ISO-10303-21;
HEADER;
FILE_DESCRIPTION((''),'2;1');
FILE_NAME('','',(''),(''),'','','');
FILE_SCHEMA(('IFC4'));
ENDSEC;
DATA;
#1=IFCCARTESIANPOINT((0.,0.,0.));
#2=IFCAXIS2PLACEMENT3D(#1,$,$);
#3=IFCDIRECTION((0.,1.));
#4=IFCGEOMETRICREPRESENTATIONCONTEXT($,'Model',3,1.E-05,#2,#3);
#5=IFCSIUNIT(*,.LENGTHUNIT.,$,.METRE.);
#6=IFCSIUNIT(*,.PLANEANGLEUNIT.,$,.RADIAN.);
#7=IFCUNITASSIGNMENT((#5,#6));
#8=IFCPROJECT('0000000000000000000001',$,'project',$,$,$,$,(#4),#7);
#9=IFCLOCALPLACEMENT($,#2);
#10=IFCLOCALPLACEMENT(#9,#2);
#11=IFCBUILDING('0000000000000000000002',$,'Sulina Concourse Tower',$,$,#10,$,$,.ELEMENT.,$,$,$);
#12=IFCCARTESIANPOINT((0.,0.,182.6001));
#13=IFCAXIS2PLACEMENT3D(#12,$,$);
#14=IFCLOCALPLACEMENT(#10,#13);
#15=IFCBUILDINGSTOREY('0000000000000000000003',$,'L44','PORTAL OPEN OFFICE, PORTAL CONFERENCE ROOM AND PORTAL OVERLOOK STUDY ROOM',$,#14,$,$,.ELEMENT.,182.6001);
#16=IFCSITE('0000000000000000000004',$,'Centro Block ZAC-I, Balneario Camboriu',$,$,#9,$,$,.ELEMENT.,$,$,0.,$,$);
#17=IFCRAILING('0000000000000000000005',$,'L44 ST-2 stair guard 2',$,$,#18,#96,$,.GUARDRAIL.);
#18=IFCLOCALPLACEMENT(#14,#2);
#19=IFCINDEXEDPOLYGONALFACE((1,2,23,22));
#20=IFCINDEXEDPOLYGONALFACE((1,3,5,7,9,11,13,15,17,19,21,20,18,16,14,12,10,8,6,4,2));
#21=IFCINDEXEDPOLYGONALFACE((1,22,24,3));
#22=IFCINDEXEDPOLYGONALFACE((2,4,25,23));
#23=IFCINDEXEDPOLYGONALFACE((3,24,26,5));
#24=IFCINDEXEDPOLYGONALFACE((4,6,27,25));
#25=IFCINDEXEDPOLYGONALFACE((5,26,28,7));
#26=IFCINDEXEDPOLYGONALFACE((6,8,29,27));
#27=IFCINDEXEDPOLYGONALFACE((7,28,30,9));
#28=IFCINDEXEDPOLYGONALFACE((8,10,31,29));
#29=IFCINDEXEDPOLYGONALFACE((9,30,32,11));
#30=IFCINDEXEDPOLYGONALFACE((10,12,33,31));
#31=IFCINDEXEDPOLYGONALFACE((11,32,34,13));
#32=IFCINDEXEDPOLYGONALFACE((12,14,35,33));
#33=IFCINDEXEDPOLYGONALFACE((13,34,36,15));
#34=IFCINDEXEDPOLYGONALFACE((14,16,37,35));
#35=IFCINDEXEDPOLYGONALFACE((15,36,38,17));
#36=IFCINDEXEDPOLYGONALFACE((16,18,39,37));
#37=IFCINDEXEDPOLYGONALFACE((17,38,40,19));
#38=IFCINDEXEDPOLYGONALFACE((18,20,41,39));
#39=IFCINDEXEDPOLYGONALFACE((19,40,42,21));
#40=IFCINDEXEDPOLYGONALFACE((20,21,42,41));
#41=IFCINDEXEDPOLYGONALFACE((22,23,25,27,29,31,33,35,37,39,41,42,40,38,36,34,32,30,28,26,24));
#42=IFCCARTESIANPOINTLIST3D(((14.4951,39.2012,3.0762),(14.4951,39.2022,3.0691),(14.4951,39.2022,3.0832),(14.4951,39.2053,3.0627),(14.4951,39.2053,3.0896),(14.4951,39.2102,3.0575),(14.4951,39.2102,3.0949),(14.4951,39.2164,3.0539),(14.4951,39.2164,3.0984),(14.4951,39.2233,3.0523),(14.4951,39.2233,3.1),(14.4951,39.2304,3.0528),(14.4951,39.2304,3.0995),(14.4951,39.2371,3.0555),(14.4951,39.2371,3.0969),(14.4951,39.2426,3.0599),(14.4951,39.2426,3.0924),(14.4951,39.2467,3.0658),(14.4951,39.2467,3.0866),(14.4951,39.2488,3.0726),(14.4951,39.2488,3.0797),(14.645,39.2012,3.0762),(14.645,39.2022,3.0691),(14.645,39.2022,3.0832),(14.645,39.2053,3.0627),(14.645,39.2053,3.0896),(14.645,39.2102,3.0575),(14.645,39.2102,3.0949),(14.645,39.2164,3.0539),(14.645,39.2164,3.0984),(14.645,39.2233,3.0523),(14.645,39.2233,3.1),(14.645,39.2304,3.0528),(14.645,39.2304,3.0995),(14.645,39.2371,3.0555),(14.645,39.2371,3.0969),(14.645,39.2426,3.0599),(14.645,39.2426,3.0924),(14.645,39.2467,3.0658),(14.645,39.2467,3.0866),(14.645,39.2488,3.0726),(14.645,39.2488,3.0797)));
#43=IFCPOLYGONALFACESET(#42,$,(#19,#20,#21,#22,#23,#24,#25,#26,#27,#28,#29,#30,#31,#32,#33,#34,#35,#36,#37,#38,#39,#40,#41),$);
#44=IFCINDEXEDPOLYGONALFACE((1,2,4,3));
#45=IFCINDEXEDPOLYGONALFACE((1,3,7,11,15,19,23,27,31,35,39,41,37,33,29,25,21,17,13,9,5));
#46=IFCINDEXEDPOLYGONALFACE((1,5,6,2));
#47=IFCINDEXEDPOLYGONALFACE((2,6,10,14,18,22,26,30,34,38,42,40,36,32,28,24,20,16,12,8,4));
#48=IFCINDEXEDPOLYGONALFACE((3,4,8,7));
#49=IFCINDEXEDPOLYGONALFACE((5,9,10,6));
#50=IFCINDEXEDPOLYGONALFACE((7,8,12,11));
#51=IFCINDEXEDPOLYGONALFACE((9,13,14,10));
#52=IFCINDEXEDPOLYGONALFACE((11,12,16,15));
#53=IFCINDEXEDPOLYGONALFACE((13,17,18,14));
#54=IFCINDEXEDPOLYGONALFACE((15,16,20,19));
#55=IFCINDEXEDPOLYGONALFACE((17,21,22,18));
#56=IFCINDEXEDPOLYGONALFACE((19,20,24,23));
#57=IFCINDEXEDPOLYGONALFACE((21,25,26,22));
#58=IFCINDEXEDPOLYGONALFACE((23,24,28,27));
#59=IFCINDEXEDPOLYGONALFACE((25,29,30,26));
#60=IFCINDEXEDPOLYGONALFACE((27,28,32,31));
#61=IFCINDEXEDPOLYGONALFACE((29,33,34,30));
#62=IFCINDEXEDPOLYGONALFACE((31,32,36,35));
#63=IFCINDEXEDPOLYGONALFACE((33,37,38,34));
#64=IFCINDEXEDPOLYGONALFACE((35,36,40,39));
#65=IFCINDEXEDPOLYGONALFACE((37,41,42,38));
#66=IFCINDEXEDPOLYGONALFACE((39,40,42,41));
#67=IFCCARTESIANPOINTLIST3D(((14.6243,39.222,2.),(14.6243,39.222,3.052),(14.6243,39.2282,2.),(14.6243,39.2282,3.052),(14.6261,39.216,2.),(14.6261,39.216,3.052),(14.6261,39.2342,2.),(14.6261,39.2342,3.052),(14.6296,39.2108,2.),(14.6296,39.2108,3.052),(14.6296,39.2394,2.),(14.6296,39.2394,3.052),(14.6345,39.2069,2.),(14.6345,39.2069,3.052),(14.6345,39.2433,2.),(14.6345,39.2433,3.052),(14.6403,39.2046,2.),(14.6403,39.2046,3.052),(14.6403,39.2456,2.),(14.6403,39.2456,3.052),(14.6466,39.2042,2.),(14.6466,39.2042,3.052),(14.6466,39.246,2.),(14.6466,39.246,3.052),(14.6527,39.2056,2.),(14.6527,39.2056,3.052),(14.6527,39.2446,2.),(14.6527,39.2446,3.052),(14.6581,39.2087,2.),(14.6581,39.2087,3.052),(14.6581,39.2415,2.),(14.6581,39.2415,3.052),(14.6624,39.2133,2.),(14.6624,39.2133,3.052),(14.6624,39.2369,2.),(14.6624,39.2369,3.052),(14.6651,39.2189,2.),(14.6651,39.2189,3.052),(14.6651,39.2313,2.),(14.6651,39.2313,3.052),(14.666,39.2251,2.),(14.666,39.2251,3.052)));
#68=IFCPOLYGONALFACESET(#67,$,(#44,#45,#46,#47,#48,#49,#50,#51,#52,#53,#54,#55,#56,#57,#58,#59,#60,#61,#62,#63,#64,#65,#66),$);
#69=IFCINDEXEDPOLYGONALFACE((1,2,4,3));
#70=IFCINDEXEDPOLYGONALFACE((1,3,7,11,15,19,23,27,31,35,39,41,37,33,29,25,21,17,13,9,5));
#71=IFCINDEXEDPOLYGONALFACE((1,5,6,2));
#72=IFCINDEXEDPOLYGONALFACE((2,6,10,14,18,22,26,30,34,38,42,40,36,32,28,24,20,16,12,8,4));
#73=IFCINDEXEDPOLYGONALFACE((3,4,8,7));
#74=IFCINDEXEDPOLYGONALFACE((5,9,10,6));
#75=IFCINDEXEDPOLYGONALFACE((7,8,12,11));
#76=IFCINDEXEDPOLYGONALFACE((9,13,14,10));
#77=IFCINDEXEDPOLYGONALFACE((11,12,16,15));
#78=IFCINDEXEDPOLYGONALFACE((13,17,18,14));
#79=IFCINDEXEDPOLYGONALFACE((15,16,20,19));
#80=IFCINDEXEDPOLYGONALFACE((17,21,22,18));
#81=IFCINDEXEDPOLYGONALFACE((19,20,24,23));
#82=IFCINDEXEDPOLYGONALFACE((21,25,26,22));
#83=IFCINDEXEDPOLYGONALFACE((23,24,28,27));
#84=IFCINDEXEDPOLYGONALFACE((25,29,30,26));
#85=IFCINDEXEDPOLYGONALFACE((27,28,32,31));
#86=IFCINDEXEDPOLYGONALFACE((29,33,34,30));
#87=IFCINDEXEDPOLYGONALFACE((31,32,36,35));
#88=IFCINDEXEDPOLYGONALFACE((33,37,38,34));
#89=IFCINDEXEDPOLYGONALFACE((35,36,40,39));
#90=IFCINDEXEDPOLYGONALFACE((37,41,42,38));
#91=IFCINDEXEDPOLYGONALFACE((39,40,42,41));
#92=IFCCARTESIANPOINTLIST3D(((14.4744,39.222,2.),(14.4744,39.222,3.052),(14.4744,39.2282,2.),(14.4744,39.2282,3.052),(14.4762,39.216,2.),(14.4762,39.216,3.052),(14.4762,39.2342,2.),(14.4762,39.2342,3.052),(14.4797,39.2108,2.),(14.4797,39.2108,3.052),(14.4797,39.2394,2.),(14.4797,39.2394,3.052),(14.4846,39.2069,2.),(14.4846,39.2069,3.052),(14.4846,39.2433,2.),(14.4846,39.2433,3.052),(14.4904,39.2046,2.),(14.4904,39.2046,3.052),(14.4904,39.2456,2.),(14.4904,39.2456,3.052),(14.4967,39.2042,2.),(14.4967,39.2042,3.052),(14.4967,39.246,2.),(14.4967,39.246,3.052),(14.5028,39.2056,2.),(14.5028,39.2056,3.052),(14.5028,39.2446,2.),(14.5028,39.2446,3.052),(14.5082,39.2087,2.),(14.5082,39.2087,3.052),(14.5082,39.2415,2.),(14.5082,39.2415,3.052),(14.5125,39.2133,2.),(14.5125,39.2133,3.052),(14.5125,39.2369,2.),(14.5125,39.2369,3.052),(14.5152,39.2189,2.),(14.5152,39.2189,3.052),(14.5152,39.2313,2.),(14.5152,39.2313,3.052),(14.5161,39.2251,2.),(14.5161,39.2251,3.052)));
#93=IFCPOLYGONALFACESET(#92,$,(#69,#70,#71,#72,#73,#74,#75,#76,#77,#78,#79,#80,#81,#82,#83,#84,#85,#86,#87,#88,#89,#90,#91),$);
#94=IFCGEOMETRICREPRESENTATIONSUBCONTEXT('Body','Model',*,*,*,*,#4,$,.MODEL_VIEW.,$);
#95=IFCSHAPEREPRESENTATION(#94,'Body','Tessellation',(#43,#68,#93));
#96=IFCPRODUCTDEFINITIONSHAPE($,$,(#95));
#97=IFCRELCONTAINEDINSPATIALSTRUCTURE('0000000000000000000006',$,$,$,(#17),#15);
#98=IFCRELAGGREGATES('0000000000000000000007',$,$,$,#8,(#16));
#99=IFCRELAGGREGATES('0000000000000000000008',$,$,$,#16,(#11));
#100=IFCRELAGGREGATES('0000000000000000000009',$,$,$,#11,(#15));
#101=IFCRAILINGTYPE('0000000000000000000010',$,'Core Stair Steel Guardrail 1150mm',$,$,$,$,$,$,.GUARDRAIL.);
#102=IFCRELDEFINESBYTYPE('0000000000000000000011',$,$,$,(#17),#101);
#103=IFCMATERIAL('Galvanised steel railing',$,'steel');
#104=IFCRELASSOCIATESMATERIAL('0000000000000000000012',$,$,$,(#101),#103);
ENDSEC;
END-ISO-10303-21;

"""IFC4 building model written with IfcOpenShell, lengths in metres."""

from ifc_helpers import new_model, si_unit, direction, frame, origin, origin_2d, place, context, subcontext, project, spatial, circle, extrude, material, type_object, element, save


model = new_model("IFC4")

# Units and contexts
model_context = context("Model", 3, precision=1e-05, world=origin(), true_north=direction((0.0, 1.0)))
body_context = subcontext(model_context, "Body", "Model", "MODEL_VIEW")
ifc_project = project(units=[si_unit("LENGTHUNIT", "METRE"), si_unit("PLANEANGLEUNIT", "RADIAN")], contexts=[model_context])

# Site, building, storey
site_placement = place(None, origin())
site = spatial("IfcSite", under=ifc_project, at=site_placement, Name="Centro Block ZAC-I, Balneario Camboriu", CompositionType="ELEMENT", RefElevation=0.0)
building_placement = place(site_placement, origin())
building = spatial("IfcBuilding", under=site, at=building_placement, Name="Sulina Concourse Tower", CompositionType="ELEMENT")
storey_placement = place(building_placement, frame((0.0, 0.0, 182.6001)))
storey = spatial("IfcBuildingStorey", under=building, at=storey_placement, Name="L44", Description="PORTAL OPEN OFFICE, PORTAL CONFERENCE ROOM AND PORTAL OVERLOOK STUDY ROOM", CompositionType="ELEMENT", Elevation=182.6001)

# Railing
ifc_material_1 = material(Name="Galvanised steel railing", Category="steel")
railing_type_1 = type_object("IfcRailingType", Name="Core Stair Steel Guardrail 1150mm", PredefinedType="GUARDRAIL", material=ifc_material_1)
railing_1_placement = place(storey_placement, frame((14.645, 39.2251, 2.0)))
element("IfcRailing", 1, at=railing_1_placement, inside=storey, type_object=railing_type_1, Name="L44 ST-2 stair guard 2", PredefinedType="GUARDRAIL", context=body_context, shape_type="SweptSolid", body=[
    extrude(circle(Radius=0.0239, at=origin_2d()), frame((0.0, 0.0, 1.0762), z_axis=(-1.0, 0.0, 0.0), x_axis=(0.0, -1.0, 0.0)), (0.0, 0.0, 1.0), 0.1499),
    extrude(circle(Radius=0.021, at=origin_2d()), origin(), (0.0, 0.0, 1.0), 1.052),
    extrude(circle(Radius=0.021, at=origin_2d()), frame((-0.1499, 0.0, 0.0)), (0.0, 0.0, 1.0), 1.052),
])

save(model, "model.ifc")
